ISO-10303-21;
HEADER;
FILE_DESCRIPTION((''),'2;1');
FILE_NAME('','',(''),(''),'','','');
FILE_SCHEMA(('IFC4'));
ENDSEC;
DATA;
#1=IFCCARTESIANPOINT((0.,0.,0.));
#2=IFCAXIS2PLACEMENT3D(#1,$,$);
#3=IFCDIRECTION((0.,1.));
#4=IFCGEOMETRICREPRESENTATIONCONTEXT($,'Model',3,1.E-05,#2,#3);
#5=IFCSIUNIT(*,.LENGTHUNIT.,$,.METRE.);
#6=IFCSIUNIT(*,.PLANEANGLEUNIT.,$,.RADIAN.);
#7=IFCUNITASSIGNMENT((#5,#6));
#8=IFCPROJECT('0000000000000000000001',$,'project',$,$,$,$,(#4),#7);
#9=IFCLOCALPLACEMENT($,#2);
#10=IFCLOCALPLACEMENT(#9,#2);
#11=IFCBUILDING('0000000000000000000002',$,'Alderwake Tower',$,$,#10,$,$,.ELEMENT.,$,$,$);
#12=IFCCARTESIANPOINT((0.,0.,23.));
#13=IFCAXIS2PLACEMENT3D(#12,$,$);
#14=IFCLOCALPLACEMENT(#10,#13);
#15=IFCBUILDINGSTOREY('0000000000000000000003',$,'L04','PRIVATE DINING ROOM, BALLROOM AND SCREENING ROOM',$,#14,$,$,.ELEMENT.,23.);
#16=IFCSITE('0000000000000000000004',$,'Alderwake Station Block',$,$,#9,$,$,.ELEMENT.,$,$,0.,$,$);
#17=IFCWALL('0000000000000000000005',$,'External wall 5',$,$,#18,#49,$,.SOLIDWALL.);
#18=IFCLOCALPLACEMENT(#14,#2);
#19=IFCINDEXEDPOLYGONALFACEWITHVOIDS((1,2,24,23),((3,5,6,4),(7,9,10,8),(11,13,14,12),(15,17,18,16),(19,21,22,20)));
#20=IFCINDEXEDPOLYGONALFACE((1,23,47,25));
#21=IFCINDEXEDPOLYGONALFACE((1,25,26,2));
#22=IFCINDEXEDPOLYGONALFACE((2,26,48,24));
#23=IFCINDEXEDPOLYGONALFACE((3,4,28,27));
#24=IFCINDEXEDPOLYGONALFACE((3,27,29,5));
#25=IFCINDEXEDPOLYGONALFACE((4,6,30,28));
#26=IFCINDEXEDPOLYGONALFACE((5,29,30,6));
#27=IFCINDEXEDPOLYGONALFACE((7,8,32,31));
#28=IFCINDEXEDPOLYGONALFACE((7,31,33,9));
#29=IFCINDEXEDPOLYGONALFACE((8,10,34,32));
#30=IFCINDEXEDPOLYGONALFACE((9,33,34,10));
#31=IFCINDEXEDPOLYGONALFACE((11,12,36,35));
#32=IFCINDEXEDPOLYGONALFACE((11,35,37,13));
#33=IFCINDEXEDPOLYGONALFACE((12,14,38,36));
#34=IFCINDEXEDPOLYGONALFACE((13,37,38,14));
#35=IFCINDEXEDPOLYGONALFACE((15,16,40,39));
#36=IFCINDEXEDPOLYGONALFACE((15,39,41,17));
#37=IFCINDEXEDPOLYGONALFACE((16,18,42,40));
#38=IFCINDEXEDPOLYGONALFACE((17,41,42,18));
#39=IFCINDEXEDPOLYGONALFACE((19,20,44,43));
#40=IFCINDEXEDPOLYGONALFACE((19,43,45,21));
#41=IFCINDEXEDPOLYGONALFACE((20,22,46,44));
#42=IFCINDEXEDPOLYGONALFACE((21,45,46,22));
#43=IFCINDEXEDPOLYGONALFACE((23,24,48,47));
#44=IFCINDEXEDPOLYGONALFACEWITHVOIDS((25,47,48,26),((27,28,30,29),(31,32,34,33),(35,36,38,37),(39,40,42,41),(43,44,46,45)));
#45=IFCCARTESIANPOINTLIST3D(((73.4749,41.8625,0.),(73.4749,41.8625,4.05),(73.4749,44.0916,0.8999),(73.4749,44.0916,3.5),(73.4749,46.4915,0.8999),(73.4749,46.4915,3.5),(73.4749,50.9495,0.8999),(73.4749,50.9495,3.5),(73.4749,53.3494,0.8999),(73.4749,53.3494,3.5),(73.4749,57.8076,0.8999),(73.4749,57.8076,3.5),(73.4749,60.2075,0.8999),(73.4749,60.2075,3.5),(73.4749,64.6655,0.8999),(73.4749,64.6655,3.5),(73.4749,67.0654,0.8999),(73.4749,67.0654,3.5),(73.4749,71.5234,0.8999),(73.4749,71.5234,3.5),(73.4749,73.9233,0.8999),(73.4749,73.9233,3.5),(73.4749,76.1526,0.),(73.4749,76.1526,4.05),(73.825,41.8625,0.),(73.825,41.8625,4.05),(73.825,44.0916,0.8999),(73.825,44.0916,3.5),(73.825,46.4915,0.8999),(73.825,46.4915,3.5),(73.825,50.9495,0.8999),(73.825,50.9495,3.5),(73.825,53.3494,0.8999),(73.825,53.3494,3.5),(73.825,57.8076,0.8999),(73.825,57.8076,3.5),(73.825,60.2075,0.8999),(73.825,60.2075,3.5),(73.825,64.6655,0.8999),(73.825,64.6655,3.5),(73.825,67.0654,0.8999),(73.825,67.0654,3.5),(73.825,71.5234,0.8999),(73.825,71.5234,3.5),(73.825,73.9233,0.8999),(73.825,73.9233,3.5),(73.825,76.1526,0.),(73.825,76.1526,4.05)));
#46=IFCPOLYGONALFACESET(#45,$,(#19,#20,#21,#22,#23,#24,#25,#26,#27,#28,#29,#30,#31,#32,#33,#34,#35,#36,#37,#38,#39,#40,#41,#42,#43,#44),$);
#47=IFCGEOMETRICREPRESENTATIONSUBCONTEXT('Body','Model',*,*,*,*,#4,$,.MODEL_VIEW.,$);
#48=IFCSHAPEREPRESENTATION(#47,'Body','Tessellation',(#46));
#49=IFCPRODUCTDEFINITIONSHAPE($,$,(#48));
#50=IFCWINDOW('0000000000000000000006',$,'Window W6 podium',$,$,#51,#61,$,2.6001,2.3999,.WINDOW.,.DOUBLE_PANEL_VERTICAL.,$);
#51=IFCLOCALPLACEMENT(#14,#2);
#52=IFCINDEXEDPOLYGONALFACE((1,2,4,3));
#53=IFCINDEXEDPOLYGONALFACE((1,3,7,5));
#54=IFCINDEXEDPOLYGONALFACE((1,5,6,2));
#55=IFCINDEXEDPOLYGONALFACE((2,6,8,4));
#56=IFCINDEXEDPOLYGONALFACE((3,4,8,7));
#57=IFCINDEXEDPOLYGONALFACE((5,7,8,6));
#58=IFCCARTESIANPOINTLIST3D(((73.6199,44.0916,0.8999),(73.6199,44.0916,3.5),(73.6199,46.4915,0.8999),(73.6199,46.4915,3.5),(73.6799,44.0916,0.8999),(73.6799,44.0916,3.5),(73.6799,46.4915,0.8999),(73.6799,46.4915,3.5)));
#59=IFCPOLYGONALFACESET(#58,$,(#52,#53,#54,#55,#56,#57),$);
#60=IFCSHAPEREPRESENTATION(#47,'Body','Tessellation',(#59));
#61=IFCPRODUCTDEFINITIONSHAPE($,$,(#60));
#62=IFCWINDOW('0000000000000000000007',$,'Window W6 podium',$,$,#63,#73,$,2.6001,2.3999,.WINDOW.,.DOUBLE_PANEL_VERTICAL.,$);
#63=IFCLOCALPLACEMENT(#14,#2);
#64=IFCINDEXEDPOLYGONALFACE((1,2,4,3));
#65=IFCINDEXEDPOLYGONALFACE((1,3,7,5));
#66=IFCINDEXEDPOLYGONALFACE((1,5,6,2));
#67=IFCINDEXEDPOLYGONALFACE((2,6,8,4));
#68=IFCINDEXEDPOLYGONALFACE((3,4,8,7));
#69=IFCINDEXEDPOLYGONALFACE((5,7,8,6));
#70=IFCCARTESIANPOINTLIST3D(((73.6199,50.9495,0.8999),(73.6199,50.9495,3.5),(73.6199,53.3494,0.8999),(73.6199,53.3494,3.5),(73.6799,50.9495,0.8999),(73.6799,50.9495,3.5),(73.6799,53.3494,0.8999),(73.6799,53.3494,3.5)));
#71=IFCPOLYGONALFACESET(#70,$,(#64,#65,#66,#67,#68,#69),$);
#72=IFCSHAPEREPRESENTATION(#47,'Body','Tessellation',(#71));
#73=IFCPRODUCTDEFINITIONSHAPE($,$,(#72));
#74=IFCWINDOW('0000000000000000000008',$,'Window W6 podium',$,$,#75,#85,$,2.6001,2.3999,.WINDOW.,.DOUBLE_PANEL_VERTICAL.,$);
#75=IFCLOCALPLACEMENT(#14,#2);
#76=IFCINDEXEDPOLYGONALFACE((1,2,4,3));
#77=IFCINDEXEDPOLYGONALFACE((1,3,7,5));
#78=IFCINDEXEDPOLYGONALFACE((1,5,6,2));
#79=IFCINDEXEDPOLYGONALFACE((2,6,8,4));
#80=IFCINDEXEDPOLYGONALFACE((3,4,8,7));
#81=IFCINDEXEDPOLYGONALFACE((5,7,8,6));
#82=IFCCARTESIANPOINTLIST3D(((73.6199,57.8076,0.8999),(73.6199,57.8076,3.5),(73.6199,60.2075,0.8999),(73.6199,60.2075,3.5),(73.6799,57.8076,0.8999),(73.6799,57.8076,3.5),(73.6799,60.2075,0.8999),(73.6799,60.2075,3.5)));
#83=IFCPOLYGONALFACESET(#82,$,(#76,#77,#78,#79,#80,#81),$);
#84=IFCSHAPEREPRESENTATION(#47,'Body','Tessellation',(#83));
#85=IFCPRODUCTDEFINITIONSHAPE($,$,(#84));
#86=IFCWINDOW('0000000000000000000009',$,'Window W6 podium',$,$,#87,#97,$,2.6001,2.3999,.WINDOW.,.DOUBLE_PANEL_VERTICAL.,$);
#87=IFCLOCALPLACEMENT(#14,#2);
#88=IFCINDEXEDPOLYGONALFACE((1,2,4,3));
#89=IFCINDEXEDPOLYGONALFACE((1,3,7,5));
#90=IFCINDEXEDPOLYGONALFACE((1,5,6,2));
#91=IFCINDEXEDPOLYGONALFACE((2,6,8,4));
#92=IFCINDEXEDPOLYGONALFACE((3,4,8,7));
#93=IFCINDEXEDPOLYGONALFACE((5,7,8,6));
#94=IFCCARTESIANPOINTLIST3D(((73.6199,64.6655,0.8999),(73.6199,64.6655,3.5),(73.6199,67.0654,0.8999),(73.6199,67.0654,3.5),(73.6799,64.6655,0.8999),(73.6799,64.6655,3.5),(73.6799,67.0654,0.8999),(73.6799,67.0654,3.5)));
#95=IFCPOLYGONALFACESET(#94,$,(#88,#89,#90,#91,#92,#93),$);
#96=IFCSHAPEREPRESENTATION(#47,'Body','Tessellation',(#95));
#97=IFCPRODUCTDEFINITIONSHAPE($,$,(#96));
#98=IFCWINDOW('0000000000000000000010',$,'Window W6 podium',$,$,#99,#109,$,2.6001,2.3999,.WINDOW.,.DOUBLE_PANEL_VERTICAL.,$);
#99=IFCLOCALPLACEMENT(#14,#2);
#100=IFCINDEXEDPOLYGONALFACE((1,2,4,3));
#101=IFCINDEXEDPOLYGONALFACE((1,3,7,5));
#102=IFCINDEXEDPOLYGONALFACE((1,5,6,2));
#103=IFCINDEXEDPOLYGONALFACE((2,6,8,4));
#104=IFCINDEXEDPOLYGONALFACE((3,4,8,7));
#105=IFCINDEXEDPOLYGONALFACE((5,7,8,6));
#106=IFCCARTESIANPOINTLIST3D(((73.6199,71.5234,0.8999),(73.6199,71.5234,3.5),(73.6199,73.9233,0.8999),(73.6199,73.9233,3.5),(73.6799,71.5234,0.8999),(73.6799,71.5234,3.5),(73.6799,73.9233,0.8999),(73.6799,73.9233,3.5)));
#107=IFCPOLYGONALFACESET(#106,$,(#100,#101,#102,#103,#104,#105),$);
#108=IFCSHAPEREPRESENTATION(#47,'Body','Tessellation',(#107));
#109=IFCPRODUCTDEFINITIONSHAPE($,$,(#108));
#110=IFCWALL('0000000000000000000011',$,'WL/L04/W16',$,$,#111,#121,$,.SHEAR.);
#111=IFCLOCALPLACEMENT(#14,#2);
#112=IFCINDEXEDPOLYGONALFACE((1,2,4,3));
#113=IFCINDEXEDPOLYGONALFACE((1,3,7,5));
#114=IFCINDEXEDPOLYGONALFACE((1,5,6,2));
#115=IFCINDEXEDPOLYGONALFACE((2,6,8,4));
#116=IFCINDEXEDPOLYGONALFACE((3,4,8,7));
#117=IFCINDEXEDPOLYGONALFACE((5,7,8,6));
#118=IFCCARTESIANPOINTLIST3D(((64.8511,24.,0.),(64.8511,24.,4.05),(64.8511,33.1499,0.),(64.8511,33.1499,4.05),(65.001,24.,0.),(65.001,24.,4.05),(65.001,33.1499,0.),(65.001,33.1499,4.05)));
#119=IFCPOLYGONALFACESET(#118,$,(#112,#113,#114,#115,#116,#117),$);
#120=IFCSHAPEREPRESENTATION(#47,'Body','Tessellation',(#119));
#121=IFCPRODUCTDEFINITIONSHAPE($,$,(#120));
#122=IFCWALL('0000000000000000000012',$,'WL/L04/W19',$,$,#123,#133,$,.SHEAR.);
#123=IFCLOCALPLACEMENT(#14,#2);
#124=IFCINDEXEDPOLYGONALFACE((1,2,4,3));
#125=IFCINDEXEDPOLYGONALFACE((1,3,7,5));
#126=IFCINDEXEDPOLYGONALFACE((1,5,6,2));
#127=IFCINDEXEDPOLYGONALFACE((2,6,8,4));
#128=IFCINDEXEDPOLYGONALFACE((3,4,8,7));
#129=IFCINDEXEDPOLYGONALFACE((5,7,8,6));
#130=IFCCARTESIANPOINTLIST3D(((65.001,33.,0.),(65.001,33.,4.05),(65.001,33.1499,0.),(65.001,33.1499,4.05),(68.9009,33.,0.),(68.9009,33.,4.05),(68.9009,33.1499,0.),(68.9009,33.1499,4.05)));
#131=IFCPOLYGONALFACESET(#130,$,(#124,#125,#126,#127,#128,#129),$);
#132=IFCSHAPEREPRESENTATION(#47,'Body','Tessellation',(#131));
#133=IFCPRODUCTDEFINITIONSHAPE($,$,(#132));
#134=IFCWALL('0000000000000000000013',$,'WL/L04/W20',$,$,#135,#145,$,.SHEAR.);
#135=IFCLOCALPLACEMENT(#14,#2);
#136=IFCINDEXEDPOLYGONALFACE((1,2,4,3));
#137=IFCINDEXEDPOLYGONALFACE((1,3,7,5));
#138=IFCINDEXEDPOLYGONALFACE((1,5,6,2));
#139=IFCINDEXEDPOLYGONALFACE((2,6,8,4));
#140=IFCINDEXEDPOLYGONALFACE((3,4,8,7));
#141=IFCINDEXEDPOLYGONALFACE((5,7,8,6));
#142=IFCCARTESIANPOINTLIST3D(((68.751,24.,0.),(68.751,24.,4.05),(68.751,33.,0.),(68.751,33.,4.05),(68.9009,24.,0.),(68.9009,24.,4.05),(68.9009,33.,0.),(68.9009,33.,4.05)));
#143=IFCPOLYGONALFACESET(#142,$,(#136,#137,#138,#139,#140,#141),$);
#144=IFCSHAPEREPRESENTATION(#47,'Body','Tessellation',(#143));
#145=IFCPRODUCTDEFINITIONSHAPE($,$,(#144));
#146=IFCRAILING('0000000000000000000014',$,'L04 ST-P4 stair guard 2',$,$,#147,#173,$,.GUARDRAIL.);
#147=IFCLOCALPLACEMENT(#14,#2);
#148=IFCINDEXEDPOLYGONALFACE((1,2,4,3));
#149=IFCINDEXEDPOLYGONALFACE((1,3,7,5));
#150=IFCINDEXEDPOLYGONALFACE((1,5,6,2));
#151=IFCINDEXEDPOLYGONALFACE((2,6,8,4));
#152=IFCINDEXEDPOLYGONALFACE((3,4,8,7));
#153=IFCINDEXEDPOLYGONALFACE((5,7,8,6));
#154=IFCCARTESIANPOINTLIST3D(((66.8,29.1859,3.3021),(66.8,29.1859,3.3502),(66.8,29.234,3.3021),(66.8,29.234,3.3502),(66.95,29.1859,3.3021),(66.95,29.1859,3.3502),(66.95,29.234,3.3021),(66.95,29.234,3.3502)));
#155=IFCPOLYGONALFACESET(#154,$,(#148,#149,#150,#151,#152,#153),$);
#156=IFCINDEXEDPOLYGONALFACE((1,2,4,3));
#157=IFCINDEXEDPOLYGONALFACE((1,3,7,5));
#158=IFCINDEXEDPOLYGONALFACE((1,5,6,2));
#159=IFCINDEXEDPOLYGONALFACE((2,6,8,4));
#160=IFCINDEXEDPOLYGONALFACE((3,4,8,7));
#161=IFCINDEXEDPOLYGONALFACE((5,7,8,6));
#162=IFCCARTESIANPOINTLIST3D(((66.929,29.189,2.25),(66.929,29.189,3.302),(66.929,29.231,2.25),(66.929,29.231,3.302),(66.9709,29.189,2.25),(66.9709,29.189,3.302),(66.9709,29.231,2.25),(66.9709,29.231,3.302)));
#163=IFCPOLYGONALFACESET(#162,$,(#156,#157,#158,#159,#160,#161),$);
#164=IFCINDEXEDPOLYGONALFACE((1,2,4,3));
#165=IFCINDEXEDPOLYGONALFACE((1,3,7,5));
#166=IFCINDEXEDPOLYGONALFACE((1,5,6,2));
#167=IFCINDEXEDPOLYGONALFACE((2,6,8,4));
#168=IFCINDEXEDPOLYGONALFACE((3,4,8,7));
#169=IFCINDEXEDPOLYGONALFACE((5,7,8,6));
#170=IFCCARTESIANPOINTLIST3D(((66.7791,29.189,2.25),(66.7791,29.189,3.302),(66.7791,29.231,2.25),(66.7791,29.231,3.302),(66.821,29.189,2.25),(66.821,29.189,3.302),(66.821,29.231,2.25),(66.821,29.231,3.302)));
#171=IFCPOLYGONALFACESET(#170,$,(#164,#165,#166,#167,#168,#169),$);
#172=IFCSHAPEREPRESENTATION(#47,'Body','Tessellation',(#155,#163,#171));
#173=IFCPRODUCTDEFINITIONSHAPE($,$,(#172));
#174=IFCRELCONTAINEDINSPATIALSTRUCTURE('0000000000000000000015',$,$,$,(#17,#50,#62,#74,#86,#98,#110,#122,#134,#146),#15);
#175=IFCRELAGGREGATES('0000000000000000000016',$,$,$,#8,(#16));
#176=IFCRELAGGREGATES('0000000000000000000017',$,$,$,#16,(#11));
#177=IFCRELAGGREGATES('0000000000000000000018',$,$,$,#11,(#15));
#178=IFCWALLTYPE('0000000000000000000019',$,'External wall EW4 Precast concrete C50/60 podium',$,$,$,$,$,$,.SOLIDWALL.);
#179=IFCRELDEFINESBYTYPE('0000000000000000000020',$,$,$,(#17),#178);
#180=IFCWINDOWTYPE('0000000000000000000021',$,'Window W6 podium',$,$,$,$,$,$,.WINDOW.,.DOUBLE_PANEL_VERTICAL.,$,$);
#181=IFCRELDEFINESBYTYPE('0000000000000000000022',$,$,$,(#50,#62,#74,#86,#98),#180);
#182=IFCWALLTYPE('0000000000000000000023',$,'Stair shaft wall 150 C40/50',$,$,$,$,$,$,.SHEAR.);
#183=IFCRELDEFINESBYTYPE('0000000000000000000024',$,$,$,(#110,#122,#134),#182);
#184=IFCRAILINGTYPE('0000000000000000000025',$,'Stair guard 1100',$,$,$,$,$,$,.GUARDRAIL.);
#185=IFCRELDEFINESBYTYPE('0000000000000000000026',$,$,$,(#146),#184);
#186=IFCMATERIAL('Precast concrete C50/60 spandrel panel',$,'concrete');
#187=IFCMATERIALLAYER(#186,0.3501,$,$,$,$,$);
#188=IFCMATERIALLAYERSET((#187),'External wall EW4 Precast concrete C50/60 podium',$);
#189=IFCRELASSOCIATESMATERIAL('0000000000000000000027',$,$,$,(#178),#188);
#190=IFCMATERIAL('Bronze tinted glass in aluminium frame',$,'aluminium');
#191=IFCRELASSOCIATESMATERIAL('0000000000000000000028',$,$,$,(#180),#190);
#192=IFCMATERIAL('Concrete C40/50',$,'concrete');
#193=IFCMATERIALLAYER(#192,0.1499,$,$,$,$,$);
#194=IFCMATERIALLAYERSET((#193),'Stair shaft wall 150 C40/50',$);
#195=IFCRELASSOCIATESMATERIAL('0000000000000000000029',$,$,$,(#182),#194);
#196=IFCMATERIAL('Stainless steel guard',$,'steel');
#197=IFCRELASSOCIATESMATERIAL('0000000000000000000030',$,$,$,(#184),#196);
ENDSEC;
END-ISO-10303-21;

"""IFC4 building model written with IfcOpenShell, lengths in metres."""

from ifc_helpers import new_model, si_unit, direction, frame, frame_2d, origin, origin_2d, place, context, subcontext, project, spatial, rectangle, extrude, material, layer, layer_set, type_object, element, fill, save


model = new_model("IFC4")

# Units and contexts
model_context = context("Model", 3, precision=1e-05, world=origin(), true_north=direction((0.0, 1.0)))
body_context = subcontext(model_context, "Body", "Model", "MODEL_VIEW")
ifc_project = project(units=[si_unit("LENGTHUNIT", "METRE"), si_unit("PLANEANGLEUNIT", "RADIAN")], contexts=[model_context])

# Site, building, storey
site_placement = place(None, origin())
site = spatial("IfcSite", under=ifc_project, at=site_placement, Name="Alderwake Station Block", CompositionType="ELEMENT", RefElevation=0.0)
building_placement = place(site_placement, origin())
building = spatial("IfcBuilding", under=site, at=building_placement, Name="Alderwake Tower", CompositionType="ELEMENT")
storey_placement = place(building_placement, frame((0.0, 0.0, 23.0)))
storey = spatial("IfcBuildingStorey", under=building, at=storey_placement, Name="L04", Description="PRIVATE DINING ROOM, BALLROOM AND SCREENING ROOM", CompositionType="ELEMENT", Elevation=23.0)

# Shared definitions
ifc_material_1 = material(Name="Precast concrete C50/60 spandrel panel", Category="concrete")
ifc_layer_1 = layer(ifc_material_1, 0.3501)
ifc_layer_set_1 = layer_set([ifc_layer_1], Name="External wall EW4 Precast concrete C50/60 podium")
wall_type_1 = type_object("IfcWallType", Name="External wall EW4 Precast concrete C50/60 podium", PredefinedType="SOLIDWALL", material=ifc_layer_set_1)

# Wall, openings, windows
wall_1_placement = place(storey_placement, frame((73.6499, 41.8625, 0.0), z_axis=(0.0, 0.0, 1.0), x_axis=(0.0, 1.0, 0.0)))
wall_1 = element("IfcWall", 1, at=wall_1_placement, inside=storey, type_object=wall_type_1, Name="External wall 5", PredefinedType="SOLIDWALL", context=body_context, shape_type="SweptSolid", body=[
    extrude(rectangle(XDim=34.29, YDim=0.3501, at=frame_2d((17.145, 0.0))), origin(), (0.0, 0.0, 1.0), 4.05),
])
opening_1_placement = place(wall_1_placement, frame((2.229, 0.0, 0.8999)))
opening_1 = element("IfcOpeningElement", 2, at=opening_1_placement, cuts=wall_1, PredefinedType="OPENING", context=body_context, shape_type="SweptSolid", body=[
    extrude(rectangle(XDim=2.3999, YDim=2.6001, at=frame_2d((1.2, 1.3))), frame((0.0, 0.1851, 0.0), z_axis=(0.0, -1.0, 0.0), x_axis=(1.0, 0.0, 0.0)), (0.0, 0.0, 1.0), 0.3701),
])
opening_2_placement = place(wall_1_placement, frame((9.0869, 0.0, 0.8999)))
opening_2 = element("IfcOpeningElement", 3, at=opening_2_placement, cuts=wall_1, PredefinedType="OPENING", context=body_context, shape_type="SweptSolid", body=[
    extrude(rectangle(XDim=2.3999, YDim=2.6001, at=frame_2d((1.2, 1.3))), frame((0.0, 0.1851, 0.0), z_axis=(0.0, -1.0, 0.0), x_axis=(1.0, 0.0, 0.0)), (0.0, 0.0, 1.0), 0.3701),
])
opening_3_placement = place(wall_1_placement, frame((15.9451, 0.0, 0.8999)))
opening_3 = element("IfcOpeningElement", 4, at=opening_3_placement, cuts=wall_1, PredefinedType="OPENING", context=body_context, shape_type="SweptSolid", body=[
    extrude(rectangle(XDim=2.3999, YDim=2.6001, at=frame_2d((1.2, 1.3))), frame((0.0, 0.1851, 0.0), z_axis=(0.0, -1.0, 0.0), x_axis=(1.0, 0.0, 0.0)), (0.0, 0.0, 1.0), 0.3701),
])
opening_4_placement = place(wall_1_placement, frame((22.803, 0.0, 0.8999)))
opening_4 = element("IfcOpeningElement", 5, at=opening_4_placement, cuts=wall_1, PredefinedType="OPENING", context=body_context, shape_type="SweptSolid", body=[
    extrude(rectangle(XDim=2.3999, YDim=2.6001, at=frame_2d((1.2, 1.3))), frame((0.0, 0.1851, 0.0), z_axis=(0.0, -1.0, 0.0), x_axis=(1.0, 0.0, 0.0)), (0.0, 0.0, 1.0), 0.3701),
])
opening_5_placement = place(wall_1_placement, frame((29.6609, 0.0, 0.8999)))
opening_5 = element("IfcOpeningElement", 6, at=opening_5_placement, cuts=wall_1, PredefinedType="OPENING", context=body_context, shape_type="SweptSolid", body=[
    extrude(rectangle(XDim=2.3999, YDim=2.6001, at=frame_2d((1.2, 1.3))), frame((0.0, 0.1851, 0.0), z_axis=(0.0, -1.0, 0.0), x_axis=(1.0, 0.0, 0.0)), (0.0, 0.0, 1.0), 0.3701),
])
ifc_material_2 = material(Name="Bronze tinted glass in aluminium frame", Category="aluminium")
window_type = type_object("IfcWindowType", Name="Window W6 podium", PartitioningType="DOUBLE_PANEL_VERTICAL", PredefinedType="WINDOW", material=ifc_material_2)
window_1_placement = place(opening_1_placement, origin())
window_1 = element("IfcWindow", 7, at=window_1_placement, inside=storey, type_object=window_type, Name="Window W6 podium", OverallHeight=2.6001, OverallWidth=2.3999, PartitioningType="DOUBLE_PANEL_VERTICAL", PredefinedType="WINDOW", context=body_context, shape_type="SweptSolid", body=[
    extrude(rectangle(XDim=2.3999, YDim=2.6001, at=frame_2d((1.2, 1.3))), frame((0.0, 0.03, 0.0), z_axis=(0.0, -1.0, 0.0), x_axis=(1.0, 0.0, 0.0)), (0.0, 0.0, 1.0), 0.0601),
])
fill(opening_1, window_1)
window_2_placement = place(opening_2_placement, origin())
window_2 = element("IfcWindow", 8, at=window_2_placement, inside=storey, type_object=window_type, Name="Window W6 podium", OverallHeight=2.6001, OverallWidth=2.3999, PartitioningType="DOUBLE_PANEL_VERTICAL", PredefinedType="WINDOW", context=body_context, shape_type="SweptSolid", body=[
    extrude(rectangle(XDim=2.3999, YDim=2.6001, at=frame_2d((1.2, 1.3))), frame((0.0, 0.03, 0.0), z_axis=(0.0, -1.0, 0.0), x_axis=(1.0, 0.0, 0.0)), (0.0, 0.0, 1.0), 0.0601),
])
fill(opening_2, window_2)
window_3_placement = place(opening_3_placement, origin())
window_3 = element("IfcWindow", 9, at=window_3_placement, inside=storey, type_object=window_type, Name="Window W6 podium", OverallHeight=2.6001, OverallWidth=2.3999, PartitioningType="DOUBLE_PANEL_VERTICAL", PredefinedType="WINDOW", context=body_context, shape_type="SweptSolid", body=[
    extrude(rectangle(XDim=2.3999, YDim=2.6001, at=frame_2d((1.2, 1.3))), frame((0.0, 0.03, 0.0), z_axis=(0.0, -1.0, 0.0), x_axis=(1.0, 0.0, 0.0)), (0.0, 0.0, 1.0), 0.0601),
])
fill(opening_3, window_3)
window_4_placement = place(opening_4_placement, origin())
window_4 = element("IfcWindow", 10, at=window_4_placement, inside=storey, type_object=window_type, Name="Window W6 podium", OverallHeight=2.6001, OverallWidth=2.3999, PartitioningType="DOUBLE_PANEL_VERTICAL", PredefinedType="WINDOW", context=body_context, shape_type="SweptSolid", body=[
    extrude(rectangle(XDim=2.3999, YDim=2.6001, at=frame_2d((1.2, 1.3))), frame((0.0, 0.03, 0.0), z_axis=(0.0, -1.0, 0.0), x_axis=(1.0, 0.0, 0.0)), (0.0, 0.0, 1.0), 0.0601),
])
fill(opening_4, window_4)
window_5_placement = place(opening_5_placement, origin())
window_5 = element("IfcWindow", 11, at=window_5_placement, inside=storey, type_object=window_type, Name="Window W6 podium", OverallHeight=2.6001, OverallWidth=2.3999, PartitioningType="DOUBLE_PANEL_VERTICAL", PredefinedType="WINDOW", context=body_context, shape_type="SweptSolid", body=[
    extrude(rectangle(XDim=2.3999, YDim=2.6001, at=frame_2d((1.2, 1.3))), frame((0.0, 0.03, 0.0), z_axis=(0.0, -1.0, 0.0), x_axis=(1.0, 0.0, 0.0)), (0.0, 0.0, 1.0), 0.0601),
])
fill(opening_5, window_5)

# Walls
ifc_material_3 = material(Name="Concrete C40/50", Category="concrete")
ifc_layer_2 = layer(ifc_material_3, 0.1499)
ifc_layer_set_2 = layer_set([ifc_layer_2], Name="Stair shaft wall 150 C40/50")
wall_type_2 = type_object("IfcWallType", Name="Stair shaft wall 150 C40/50", PredefinedType="SHEAR", material=ifc_layer_set_2)
wall_2_placement = place(storey_placement, frame((64.926, 33.1499, 0.0), z_axis=(0.0, 0.0, 1.0), x_axis=(0.0, -1.0, 0.0)))
element("IfcWall", 12, at=wall_2_placement, inside=storey, type_object=wall_type_2, Name="WL/L04/W16", PredefinedType="SHEAR", context=body_context, shape_type="SweptSolid", body=[
    extrude(rectangle(XDim=9.1499, YDim=0.1499, at=frame_2d((4.575, 0.0))), origin(), (0.0, 0.0, 1.0), 4.05),
])
wall_3_placement = place(storey_placement, frame((68.9009, 33.075, 0.0), z_axis=(0.0, 0.0, 1.0), x_axis=(-1.0, 0.0, 0.0)))
element("IfcWall", 13, at=wall_3_placement, inside=storey, type_object=wall_type_2, Name="WL/L04/W19", PredefinedType="SHEAR", context=body_context, shape_type="SweptSolid", body=[
    extrude(rectangle(XDim=3.8999, YDim=0.1499, at=frame_2d((1.95, 0.0))), origin(), (0.0, 0.0, 1.0), 4.05),
])
wall_4_placement = place(storey_placement, frame((68.8259, 33.0, 0.0), z_axis=(0.0, 0.0, 1.0), x_axis=(0.0, -1.0, 0.0)))
element("IfcWall", 14, at=wall_4_placement, inside=storey, type_object=wall_type_2, Name="WL/L04/W20", PredefinedType="SHEAR", context=body_context, shape_type="SweptSolid", body=[
    extrude(rectangle(XDim=9.0, YDim=0.1499, at=frame_2d((4.5, 0.0))), origin(), (0.0, 0.0, 1.0), 4.05),
])

# Railing
ifc_material_4 = material(Name="Stainless steel guard", Category="steel")
railing_type = type_object("IfcRailingType", Name="Stair guard 1100", PredefinedType="GUARDRAIL", material=ifc_material_4)
railing_1_placement = place(storey_placement, frame((66.95, 29.21, 2.25)))
element("IfcRailing", 15, at=railing_1_placement, inside=storey, type_object=railing_type, Name="L04 ST-P4 stair guard 2", PredefinedType="GUARDRAIL", context=body_context, shape_type="SweptSolid", body=[
    extrude(rectangle(XDim=0.0481, YDim=0.0481, at=origin_2d()), frame((0.0, 0.0, 1.0762), z_axis=(-1.0, 0.0, 0.0), x_axis=(0.0, -1.0, 0.0)), (0.0, 0.0, 1.0), 0.1499),
    extrude(rectangle(XDim=0.042, YDim=0.042, at=origin_2d()), frame((0.0, 0.0, 0.0), z_axis=(0.0, 0.0, 1.0), x_axis=(-1.0, 0.0, 0.0)), (0.0, 0.0, 1.0), 1.052),
    extrude(rectangle(XDim=0.042, YDim=0.042, at=origin_2d()), frame((-0.1499, 0.0, 0.0), z_axis=(0.0, 0.0, 1.0), x_axis=(-1.0, 0.0, 0.0)), (0.0, 0.0, 1.0), 1.052),
])

save(model, "model.ifc")
